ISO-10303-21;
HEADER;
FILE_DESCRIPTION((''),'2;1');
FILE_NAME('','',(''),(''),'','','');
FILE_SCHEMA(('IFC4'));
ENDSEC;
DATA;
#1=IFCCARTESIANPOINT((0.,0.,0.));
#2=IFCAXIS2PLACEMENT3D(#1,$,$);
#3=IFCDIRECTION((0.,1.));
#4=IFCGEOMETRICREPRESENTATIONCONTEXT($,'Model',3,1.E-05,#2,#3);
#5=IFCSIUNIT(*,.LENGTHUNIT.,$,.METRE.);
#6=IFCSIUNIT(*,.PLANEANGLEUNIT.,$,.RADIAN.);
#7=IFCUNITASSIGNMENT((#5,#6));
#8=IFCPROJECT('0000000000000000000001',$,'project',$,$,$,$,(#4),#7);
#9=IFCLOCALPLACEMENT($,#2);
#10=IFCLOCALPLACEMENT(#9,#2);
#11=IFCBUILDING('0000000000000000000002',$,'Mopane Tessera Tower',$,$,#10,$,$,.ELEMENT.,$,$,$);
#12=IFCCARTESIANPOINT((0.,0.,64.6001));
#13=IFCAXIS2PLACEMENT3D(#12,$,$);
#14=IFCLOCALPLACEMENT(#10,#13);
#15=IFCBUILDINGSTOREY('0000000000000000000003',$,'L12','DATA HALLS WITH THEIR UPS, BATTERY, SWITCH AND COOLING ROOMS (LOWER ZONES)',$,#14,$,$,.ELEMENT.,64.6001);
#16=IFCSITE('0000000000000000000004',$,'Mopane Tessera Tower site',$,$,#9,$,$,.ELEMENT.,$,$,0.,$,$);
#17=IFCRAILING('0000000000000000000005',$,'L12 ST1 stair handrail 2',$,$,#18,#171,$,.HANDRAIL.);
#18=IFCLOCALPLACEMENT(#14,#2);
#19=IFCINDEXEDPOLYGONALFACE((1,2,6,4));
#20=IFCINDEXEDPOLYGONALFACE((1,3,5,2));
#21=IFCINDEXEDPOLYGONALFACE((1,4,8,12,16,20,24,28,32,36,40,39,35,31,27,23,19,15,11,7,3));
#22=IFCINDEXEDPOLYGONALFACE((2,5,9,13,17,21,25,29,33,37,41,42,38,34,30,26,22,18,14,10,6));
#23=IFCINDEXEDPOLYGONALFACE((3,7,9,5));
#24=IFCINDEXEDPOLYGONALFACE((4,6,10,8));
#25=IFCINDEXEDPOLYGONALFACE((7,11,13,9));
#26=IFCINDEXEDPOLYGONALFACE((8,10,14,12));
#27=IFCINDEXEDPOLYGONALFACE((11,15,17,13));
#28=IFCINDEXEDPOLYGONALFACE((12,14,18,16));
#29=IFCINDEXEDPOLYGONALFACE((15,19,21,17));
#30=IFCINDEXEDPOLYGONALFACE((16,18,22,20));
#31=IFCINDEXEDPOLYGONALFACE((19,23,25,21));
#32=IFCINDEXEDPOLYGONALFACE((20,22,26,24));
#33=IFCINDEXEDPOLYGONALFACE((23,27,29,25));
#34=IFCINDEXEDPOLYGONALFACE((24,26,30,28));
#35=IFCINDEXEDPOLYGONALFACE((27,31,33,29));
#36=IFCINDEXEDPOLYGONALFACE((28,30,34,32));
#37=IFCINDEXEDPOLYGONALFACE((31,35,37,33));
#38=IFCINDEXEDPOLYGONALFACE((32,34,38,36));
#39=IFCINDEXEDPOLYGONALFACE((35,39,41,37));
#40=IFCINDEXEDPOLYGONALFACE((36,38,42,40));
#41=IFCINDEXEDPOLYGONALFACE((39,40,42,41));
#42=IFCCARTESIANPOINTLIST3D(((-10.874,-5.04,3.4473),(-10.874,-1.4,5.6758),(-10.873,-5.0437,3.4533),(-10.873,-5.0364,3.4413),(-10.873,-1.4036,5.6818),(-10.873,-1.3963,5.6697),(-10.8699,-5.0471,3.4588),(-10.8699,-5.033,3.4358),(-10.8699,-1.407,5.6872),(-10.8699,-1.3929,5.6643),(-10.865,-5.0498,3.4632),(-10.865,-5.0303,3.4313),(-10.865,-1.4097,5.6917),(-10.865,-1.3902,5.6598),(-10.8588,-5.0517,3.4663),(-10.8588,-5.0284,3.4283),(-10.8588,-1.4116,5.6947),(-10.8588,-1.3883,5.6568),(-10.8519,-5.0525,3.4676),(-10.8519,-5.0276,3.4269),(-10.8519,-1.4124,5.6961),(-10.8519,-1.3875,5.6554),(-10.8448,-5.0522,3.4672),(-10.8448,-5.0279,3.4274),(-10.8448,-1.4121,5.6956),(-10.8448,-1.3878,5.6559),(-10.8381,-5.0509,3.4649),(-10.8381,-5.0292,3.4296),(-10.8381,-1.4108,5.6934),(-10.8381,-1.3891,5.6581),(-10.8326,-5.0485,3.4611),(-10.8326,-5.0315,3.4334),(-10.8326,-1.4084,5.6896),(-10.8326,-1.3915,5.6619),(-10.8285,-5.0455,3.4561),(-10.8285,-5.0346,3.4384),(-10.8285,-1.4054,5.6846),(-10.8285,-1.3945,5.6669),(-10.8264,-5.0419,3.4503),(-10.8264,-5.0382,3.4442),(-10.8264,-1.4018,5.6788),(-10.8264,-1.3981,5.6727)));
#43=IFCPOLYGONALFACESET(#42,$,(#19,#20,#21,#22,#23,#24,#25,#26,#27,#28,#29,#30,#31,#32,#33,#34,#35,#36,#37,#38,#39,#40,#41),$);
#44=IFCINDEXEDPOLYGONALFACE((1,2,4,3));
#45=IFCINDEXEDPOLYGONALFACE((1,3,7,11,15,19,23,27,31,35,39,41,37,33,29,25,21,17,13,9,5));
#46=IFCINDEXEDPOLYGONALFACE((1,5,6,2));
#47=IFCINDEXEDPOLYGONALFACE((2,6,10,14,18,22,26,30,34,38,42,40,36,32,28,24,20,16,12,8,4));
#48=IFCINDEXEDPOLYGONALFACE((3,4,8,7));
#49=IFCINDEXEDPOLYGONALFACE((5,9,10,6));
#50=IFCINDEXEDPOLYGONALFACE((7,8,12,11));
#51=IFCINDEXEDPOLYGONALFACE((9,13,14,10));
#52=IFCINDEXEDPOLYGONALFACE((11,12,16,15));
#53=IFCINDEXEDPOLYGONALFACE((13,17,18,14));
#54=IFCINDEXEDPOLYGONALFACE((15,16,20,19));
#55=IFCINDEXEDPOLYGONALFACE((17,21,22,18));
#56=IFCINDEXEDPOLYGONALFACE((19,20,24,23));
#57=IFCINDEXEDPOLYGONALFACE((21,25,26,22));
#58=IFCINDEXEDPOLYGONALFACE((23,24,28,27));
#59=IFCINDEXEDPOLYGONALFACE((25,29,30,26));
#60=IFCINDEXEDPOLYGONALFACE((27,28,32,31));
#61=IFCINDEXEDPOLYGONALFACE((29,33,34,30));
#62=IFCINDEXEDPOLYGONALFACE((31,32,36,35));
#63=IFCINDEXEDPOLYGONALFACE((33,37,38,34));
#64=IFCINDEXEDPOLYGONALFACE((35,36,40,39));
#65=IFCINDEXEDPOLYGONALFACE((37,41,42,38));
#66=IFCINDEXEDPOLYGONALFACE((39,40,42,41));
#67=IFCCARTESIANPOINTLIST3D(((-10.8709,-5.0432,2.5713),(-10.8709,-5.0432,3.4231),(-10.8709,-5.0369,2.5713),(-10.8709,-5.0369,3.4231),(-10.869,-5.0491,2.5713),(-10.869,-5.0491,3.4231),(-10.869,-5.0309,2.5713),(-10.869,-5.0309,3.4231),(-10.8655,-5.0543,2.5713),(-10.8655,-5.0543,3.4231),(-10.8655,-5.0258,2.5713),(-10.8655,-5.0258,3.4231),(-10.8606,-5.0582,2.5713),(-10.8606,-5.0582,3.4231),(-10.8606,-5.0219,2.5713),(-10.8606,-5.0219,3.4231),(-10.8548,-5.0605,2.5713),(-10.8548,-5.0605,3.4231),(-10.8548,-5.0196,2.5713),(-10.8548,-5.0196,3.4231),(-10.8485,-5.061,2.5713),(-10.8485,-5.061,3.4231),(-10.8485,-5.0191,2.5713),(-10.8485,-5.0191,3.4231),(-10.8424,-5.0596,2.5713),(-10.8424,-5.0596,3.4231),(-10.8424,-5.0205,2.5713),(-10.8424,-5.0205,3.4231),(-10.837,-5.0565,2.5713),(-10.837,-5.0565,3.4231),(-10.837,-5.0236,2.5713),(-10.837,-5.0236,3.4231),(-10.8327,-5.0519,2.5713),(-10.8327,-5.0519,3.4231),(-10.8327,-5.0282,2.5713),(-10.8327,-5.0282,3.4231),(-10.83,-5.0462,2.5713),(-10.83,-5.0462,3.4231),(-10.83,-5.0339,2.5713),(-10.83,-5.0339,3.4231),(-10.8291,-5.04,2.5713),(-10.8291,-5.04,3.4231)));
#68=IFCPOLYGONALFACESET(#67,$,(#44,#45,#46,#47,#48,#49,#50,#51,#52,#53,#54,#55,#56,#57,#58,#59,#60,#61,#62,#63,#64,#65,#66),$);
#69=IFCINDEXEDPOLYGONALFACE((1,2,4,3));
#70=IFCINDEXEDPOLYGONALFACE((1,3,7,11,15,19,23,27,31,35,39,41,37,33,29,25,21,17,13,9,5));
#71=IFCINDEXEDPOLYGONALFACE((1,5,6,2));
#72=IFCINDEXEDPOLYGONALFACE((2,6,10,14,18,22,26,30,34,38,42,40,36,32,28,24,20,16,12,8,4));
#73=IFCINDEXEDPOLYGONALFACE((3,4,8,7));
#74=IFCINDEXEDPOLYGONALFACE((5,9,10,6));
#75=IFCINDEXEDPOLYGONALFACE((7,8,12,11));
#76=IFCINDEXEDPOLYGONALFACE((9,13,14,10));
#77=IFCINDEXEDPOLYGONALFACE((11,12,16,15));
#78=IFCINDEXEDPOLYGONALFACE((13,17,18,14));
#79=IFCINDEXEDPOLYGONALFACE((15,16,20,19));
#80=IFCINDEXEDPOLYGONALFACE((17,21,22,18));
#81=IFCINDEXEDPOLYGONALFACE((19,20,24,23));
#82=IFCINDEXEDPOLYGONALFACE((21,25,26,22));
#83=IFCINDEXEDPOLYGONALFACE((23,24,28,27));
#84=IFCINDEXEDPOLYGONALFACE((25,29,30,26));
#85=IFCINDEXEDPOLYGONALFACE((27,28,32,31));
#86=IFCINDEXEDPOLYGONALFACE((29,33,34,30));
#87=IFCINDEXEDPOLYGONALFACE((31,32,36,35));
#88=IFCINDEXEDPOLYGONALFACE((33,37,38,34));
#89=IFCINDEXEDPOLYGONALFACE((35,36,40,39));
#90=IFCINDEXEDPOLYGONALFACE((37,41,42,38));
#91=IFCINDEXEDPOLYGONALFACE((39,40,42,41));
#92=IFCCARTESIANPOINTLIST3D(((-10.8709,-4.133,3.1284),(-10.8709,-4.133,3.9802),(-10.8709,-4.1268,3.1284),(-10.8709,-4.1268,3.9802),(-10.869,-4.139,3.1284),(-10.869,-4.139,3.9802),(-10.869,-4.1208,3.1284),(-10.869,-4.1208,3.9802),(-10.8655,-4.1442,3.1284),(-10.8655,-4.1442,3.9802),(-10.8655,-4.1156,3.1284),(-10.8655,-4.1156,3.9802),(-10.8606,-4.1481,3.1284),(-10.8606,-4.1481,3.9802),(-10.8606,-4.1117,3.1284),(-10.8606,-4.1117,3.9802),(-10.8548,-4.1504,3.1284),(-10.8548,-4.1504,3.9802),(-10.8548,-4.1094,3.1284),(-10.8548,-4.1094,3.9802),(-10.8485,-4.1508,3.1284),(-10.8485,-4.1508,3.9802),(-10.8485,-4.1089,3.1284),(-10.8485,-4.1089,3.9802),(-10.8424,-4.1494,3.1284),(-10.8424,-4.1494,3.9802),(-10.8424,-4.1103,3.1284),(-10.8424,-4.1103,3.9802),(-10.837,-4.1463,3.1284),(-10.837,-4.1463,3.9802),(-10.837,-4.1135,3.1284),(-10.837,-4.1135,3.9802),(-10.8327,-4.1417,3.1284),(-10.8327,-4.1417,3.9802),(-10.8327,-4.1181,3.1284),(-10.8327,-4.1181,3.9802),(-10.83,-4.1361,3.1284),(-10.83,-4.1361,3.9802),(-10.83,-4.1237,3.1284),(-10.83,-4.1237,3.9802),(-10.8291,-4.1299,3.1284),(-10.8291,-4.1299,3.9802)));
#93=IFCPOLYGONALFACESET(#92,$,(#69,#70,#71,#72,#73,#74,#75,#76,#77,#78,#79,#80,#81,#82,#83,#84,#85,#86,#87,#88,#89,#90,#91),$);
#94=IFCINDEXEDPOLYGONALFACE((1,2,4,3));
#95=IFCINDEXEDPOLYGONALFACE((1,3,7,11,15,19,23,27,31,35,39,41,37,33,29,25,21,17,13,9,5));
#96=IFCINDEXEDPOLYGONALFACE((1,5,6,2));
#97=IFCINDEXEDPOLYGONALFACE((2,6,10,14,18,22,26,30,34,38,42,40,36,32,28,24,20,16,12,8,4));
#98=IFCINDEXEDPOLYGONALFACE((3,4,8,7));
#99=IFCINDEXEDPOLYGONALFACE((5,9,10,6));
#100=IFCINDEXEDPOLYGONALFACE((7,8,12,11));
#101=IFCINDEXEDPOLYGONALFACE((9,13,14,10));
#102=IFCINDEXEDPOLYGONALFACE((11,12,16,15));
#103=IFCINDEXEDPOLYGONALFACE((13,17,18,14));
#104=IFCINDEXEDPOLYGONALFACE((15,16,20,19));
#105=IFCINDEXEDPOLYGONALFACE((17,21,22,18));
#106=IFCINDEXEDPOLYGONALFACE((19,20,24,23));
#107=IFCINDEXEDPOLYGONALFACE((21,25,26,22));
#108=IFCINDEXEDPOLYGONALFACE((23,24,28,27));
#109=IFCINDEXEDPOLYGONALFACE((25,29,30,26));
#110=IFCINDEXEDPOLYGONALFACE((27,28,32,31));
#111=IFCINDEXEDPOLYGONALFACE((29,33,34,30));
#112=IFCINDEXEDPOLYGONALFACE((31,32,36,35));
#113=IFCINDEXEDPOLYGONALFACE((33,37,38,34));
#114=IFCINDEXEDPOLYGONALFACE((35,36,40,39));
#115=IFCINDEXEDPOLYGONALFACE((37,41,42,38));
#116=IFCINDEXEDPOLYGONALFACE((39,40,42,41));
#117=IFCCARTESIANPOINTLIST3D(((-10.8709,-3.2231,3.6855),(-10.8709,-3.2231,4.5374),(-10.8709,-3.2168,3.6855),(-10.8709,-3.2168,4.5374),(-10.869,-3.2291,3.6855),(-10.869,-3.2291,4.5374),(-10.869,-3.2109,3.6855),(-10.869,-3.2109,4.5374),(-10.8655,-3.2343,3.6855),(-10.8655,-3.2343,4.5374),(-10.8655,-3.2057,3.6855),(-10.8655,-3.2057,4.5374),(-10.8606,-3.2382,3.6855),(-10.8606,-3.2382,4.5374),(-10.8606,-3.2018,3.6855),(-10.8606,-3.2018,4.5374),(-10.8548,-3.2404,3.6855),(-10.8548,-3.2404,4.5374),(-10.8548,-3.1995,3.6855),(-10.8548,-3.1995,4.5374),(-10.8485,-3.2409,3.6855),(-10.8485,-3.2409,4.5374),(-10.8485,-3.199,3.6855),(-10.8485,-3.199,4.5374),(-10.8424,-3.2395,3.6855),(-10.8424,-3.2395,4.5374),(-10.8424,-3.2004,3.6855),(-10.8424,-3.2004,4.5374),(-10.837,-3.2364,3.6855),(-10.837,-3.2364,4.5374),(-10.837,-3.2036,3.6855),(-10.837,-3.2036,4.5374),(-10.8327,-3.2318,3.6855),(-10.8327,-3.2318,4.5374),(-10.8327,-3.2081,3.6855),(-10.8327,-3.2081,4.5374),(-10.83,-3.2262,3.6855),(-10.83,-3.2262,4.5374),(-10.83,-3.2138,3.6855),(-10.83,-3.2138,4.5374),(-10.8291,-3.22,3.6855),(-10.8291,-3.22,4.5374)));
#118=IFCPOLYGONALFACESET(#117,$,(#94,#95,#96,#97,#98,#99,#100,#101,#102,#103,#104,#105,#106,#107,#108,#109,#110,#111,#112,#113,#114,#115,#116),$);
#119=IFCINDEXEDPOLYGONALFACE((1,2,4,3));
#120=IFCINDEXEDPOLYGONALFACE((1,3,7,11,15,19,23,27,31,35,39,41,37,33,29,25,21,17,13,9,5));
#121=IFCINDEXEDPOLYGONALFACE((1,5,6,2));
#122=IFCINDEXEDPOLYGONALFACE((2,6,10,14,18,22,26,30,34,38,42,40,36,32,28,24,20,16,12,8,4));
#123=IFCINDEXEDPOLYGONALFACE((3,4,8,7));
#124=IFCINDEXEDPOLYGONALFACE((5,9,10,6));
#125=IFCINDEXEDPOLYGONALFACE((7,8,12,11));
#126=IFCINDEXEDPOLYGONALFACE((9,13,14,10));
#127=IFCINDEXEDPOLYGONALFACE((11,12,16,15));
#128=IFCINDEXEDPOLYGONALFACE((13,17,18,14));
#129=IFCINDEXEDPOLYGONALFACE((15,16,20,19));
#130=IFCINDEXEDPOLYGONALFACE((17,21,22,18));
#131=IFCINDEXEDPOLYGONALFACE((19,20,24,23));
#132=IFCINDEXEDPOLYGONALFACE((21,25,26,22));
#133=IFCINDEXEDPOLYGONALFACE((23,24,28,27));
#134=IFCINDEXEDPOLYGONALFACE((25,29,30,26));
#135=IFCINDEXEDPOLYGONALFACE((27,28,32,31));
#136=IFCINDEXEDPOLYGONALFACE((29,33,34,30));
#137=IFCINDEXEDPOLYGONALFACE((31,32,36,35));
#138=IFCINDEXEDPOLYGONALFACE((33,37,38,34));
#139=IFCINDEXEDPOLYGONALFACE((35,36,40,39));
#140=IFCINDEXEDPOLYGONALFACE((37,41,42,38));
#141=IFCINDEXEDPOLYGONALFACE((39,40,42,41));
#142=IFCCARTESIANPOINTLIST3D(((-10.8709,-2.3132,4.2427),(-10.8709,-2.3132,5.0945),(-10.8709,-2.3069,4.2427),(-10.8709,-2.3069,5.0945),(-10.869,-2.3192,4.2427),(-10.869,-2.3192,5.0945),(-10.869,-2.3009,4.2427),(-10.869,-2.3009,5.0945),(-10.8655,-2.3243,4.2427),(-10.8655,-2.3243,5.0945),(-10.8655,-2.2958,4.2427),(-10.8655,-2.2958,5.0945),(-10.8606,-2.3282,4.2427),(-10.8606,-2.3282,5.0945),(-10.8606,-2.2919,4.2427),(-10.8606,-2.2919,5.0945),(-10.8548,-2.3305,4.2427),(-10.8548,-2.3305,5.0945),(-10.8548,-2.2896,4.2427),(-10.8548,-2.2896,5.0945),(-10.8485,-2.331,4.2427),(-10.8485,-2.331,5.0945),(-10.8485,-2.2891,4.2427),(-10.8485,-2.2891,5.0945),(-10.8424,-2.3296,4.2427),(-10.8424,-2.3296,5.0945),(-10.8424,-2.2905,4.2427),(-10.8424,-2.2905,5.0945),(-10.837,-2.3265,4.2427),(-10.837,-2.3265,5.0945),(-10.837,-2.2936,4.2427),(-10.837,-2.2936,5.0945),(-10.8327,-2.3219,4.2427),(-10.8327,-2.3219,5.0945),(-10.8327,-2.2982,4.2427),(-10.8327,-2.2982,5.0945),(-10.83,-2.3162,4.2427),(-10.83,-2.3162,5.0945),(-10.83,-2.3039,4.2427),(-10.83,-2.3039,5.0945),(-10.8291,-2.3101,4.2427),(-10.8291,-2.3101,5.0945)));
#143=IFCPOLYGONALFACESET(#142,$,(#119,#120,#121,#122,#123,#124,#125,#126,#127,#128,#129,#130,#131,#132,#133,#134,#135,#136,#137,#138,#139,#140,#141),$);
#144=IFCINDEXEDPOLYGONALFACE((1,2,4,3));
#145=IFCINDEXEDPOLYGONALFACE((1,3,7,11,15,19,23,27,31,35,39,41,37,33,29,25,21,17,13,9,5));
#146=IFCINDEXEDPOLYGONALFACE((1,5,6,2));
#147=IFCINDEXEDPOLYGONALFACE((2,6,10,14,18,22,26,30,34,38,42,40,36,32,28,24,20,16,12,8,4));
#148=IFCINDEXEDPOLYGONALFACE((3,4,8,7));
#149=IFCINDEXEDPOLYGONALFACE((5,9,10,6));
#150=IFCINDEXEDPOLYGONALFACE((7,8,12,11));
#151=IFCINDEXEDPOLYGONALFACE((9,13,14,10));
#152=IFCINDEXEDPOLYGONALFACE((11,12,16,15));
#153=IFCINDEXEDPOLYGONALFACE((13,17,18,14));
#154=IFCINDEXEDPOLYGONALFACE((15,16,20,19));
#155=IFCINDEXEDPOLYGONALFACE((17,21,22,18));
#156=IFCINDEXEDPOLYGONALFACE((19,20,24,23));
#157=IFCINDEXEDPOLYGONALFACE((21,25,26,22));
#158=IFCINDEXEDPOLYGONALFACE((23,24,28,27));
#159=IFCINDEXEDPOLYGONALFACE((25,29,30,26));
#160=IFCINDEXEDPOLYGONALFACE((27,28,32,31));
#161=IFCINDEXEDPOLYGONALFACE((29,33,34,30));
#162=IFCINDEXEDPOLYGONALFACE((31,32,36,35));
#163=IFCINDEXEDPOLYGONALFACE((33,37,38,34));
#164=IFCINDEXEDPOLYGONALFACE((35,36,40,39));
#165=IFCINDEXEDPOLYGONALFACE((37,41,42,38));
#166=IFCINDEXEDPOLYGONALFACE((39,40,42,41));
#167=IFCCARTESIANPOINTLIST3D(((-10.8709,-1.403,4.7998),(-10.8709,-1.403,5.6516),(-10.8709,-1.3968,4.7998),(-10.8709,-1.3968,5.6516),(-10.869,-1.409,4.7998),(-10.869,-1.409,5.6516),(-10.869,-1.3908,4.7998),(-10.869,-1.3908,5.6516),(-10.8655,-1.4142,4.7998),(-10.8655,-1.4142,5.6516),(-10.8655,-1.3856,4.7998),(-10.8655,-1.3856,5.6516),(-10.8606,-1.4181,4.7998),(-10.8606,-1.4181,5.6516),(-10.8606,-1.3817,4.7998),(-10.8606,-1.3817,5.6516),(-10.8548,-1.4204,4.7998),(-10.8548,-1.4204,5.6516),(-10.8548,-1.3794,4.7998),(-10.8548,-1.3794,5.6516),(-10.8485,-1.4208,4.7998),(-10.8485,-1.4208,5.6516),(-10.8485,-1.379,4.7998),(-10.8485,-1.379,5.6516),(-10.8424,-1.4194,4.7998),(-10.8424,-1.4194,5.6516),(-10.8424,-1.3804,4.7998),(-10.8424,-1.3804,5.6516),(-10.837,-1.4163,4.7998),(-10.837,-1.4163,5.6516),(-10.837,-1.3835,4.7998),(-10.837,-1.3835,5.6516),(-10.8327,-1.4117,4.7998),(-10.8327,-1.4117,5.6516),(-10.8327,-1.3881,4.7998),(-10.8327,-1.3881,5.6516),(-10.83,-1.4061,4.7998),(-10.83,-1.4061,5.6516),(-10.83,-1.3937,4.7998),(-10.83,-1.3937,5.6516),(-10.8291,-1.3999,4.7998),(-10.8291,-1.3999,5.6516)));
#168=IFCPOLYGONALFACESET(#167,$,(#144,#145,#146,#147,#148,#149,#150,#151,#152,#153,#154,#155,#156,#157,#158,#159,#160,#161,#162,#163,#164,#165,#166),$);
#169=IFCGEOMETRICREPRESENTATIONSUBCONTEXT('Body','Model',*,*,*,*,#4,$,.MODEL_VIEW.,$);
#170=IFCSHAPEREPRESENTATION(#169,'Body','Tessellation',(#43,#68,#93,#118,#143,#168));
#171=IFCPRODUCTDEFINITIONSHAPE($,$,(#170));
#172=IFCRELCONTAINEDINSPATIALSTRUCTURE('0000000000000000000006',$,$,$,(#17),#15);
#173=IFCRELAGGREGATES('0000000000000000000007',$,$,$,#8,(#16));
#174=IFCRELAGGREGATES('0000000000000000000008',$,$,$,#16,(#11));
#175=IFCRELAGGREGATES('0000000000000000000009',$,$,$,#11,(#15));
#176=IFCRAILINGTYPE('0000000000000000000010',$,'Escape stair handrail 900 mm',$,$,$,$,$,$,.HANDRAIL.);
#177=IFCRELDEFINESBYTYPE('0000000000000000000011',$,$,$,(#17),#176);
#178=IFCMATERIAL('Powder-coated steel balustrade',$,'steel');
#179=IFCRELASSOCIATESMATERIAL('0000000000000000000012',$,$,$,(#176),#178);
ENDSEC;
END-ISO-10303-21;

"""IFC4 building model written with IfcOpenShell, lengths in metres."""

from ifc_helpers import new_model, si_unit, direction, frame, origin, origin_2d, place, context, subcontext, project, spatial, circle, extrude, material, type_object, element, save


model = new_model("IFC4")

# Units and contexts
model_context = context("Model", 3, precision=1e-05, world=origin(), true_north=direction((0.0, 1.0)))
body_context = subcontext(model_context, "Body", "Model", "MODEL_VIEW")
ifc_project = project(units=[si_unit("LENGTHUNIT", "METRE"), si_unit("PLANEANGLEUNIT", "RADIAN")], contexts=[model_context])

# Site, building, storey
site_placement = place(None, origin())
site = spatial("IfcSite", under=ifc_project, at=site_placement, Name="Mopane Tessera Tower site", CompositionType="ELEMENT", RefElevation=0.0)
building_placement = place(site_placement, origin())
building = spatial("IfcBuilding", under=site, at=building_placement, Name="Mopane Tessera Tower", CompositionType="ELEMENT")
storey_placement = place(building_placement, frame((0.0, 0.0, 64.6001)))
storey = spatial("IfcBuildingStorey", under=building, at=storey_placement, Name="L12", Description="DATA HALLS WITH THEIR UPS, BATTERY, SWITCH AND COOLING ROOMS (LOWER ZONES)", CompositionType="ELEMENT", Elevation=64.6001)

# Railing
ifc_material_1 = material(Name="Powder-coated steel balustrade", Category="steel")
railing_type_1 = type_object("IfcRailingType", Name="Escape stair handrail 900 mm", PredefinedType="HANDRAIL", material=ifc_material_1)
railing_1_placement = place(storey_placement, frame((-10.8501, -5.04, 2.5713)))
element("IfcRailing", 1, at=railing_1_placement, inside=storey, type_object=railing_type_1, Name="L12 ST1 stair handrail 2", PredefinedType="HANDRAIL", context=body_context, shape_type="SweptSolid", body=[
    extrude(circle(Radius=0.0239, at=origin_2d()), frame((0.0, 0.0, 0.876), z_axis=(0.0, 0.852866, 0.52213), x_axis=(-1.0, 0.0, 0.0)), (0.0, 0.0, 1.0), 4.2681),
    extrude(circle(Radius=0.021, at=origin_2d()), origin(), (0.0, 0.0, 1.0), 0.8518),
    extrude(circle(Radius=0.021, at=origin_2d()), frame((0.0, 0.9102, 0.5571)), (0.0, 0.0, 1.0), 0.8518),
    extrude(circle(Radius=0.021, at=origin_2d()), frame((0.0, 1.8201, 1.1143)), (0.0, 0.0, 1.0), 0.8518),
    extrude(circle(Radius=0.021, at=origin_2d()), frame((0.0, 2.73, 1.6714)), (0.0, 0.0, 1.0), 0.8518),
    extrude(circle(Radius=0.021, at=origin_2d()), frame((0.0, 3.6401, 2.2285)), (0.0, 0.0, 1.0), 0.8518),
])

save(model, "model.ifc")
